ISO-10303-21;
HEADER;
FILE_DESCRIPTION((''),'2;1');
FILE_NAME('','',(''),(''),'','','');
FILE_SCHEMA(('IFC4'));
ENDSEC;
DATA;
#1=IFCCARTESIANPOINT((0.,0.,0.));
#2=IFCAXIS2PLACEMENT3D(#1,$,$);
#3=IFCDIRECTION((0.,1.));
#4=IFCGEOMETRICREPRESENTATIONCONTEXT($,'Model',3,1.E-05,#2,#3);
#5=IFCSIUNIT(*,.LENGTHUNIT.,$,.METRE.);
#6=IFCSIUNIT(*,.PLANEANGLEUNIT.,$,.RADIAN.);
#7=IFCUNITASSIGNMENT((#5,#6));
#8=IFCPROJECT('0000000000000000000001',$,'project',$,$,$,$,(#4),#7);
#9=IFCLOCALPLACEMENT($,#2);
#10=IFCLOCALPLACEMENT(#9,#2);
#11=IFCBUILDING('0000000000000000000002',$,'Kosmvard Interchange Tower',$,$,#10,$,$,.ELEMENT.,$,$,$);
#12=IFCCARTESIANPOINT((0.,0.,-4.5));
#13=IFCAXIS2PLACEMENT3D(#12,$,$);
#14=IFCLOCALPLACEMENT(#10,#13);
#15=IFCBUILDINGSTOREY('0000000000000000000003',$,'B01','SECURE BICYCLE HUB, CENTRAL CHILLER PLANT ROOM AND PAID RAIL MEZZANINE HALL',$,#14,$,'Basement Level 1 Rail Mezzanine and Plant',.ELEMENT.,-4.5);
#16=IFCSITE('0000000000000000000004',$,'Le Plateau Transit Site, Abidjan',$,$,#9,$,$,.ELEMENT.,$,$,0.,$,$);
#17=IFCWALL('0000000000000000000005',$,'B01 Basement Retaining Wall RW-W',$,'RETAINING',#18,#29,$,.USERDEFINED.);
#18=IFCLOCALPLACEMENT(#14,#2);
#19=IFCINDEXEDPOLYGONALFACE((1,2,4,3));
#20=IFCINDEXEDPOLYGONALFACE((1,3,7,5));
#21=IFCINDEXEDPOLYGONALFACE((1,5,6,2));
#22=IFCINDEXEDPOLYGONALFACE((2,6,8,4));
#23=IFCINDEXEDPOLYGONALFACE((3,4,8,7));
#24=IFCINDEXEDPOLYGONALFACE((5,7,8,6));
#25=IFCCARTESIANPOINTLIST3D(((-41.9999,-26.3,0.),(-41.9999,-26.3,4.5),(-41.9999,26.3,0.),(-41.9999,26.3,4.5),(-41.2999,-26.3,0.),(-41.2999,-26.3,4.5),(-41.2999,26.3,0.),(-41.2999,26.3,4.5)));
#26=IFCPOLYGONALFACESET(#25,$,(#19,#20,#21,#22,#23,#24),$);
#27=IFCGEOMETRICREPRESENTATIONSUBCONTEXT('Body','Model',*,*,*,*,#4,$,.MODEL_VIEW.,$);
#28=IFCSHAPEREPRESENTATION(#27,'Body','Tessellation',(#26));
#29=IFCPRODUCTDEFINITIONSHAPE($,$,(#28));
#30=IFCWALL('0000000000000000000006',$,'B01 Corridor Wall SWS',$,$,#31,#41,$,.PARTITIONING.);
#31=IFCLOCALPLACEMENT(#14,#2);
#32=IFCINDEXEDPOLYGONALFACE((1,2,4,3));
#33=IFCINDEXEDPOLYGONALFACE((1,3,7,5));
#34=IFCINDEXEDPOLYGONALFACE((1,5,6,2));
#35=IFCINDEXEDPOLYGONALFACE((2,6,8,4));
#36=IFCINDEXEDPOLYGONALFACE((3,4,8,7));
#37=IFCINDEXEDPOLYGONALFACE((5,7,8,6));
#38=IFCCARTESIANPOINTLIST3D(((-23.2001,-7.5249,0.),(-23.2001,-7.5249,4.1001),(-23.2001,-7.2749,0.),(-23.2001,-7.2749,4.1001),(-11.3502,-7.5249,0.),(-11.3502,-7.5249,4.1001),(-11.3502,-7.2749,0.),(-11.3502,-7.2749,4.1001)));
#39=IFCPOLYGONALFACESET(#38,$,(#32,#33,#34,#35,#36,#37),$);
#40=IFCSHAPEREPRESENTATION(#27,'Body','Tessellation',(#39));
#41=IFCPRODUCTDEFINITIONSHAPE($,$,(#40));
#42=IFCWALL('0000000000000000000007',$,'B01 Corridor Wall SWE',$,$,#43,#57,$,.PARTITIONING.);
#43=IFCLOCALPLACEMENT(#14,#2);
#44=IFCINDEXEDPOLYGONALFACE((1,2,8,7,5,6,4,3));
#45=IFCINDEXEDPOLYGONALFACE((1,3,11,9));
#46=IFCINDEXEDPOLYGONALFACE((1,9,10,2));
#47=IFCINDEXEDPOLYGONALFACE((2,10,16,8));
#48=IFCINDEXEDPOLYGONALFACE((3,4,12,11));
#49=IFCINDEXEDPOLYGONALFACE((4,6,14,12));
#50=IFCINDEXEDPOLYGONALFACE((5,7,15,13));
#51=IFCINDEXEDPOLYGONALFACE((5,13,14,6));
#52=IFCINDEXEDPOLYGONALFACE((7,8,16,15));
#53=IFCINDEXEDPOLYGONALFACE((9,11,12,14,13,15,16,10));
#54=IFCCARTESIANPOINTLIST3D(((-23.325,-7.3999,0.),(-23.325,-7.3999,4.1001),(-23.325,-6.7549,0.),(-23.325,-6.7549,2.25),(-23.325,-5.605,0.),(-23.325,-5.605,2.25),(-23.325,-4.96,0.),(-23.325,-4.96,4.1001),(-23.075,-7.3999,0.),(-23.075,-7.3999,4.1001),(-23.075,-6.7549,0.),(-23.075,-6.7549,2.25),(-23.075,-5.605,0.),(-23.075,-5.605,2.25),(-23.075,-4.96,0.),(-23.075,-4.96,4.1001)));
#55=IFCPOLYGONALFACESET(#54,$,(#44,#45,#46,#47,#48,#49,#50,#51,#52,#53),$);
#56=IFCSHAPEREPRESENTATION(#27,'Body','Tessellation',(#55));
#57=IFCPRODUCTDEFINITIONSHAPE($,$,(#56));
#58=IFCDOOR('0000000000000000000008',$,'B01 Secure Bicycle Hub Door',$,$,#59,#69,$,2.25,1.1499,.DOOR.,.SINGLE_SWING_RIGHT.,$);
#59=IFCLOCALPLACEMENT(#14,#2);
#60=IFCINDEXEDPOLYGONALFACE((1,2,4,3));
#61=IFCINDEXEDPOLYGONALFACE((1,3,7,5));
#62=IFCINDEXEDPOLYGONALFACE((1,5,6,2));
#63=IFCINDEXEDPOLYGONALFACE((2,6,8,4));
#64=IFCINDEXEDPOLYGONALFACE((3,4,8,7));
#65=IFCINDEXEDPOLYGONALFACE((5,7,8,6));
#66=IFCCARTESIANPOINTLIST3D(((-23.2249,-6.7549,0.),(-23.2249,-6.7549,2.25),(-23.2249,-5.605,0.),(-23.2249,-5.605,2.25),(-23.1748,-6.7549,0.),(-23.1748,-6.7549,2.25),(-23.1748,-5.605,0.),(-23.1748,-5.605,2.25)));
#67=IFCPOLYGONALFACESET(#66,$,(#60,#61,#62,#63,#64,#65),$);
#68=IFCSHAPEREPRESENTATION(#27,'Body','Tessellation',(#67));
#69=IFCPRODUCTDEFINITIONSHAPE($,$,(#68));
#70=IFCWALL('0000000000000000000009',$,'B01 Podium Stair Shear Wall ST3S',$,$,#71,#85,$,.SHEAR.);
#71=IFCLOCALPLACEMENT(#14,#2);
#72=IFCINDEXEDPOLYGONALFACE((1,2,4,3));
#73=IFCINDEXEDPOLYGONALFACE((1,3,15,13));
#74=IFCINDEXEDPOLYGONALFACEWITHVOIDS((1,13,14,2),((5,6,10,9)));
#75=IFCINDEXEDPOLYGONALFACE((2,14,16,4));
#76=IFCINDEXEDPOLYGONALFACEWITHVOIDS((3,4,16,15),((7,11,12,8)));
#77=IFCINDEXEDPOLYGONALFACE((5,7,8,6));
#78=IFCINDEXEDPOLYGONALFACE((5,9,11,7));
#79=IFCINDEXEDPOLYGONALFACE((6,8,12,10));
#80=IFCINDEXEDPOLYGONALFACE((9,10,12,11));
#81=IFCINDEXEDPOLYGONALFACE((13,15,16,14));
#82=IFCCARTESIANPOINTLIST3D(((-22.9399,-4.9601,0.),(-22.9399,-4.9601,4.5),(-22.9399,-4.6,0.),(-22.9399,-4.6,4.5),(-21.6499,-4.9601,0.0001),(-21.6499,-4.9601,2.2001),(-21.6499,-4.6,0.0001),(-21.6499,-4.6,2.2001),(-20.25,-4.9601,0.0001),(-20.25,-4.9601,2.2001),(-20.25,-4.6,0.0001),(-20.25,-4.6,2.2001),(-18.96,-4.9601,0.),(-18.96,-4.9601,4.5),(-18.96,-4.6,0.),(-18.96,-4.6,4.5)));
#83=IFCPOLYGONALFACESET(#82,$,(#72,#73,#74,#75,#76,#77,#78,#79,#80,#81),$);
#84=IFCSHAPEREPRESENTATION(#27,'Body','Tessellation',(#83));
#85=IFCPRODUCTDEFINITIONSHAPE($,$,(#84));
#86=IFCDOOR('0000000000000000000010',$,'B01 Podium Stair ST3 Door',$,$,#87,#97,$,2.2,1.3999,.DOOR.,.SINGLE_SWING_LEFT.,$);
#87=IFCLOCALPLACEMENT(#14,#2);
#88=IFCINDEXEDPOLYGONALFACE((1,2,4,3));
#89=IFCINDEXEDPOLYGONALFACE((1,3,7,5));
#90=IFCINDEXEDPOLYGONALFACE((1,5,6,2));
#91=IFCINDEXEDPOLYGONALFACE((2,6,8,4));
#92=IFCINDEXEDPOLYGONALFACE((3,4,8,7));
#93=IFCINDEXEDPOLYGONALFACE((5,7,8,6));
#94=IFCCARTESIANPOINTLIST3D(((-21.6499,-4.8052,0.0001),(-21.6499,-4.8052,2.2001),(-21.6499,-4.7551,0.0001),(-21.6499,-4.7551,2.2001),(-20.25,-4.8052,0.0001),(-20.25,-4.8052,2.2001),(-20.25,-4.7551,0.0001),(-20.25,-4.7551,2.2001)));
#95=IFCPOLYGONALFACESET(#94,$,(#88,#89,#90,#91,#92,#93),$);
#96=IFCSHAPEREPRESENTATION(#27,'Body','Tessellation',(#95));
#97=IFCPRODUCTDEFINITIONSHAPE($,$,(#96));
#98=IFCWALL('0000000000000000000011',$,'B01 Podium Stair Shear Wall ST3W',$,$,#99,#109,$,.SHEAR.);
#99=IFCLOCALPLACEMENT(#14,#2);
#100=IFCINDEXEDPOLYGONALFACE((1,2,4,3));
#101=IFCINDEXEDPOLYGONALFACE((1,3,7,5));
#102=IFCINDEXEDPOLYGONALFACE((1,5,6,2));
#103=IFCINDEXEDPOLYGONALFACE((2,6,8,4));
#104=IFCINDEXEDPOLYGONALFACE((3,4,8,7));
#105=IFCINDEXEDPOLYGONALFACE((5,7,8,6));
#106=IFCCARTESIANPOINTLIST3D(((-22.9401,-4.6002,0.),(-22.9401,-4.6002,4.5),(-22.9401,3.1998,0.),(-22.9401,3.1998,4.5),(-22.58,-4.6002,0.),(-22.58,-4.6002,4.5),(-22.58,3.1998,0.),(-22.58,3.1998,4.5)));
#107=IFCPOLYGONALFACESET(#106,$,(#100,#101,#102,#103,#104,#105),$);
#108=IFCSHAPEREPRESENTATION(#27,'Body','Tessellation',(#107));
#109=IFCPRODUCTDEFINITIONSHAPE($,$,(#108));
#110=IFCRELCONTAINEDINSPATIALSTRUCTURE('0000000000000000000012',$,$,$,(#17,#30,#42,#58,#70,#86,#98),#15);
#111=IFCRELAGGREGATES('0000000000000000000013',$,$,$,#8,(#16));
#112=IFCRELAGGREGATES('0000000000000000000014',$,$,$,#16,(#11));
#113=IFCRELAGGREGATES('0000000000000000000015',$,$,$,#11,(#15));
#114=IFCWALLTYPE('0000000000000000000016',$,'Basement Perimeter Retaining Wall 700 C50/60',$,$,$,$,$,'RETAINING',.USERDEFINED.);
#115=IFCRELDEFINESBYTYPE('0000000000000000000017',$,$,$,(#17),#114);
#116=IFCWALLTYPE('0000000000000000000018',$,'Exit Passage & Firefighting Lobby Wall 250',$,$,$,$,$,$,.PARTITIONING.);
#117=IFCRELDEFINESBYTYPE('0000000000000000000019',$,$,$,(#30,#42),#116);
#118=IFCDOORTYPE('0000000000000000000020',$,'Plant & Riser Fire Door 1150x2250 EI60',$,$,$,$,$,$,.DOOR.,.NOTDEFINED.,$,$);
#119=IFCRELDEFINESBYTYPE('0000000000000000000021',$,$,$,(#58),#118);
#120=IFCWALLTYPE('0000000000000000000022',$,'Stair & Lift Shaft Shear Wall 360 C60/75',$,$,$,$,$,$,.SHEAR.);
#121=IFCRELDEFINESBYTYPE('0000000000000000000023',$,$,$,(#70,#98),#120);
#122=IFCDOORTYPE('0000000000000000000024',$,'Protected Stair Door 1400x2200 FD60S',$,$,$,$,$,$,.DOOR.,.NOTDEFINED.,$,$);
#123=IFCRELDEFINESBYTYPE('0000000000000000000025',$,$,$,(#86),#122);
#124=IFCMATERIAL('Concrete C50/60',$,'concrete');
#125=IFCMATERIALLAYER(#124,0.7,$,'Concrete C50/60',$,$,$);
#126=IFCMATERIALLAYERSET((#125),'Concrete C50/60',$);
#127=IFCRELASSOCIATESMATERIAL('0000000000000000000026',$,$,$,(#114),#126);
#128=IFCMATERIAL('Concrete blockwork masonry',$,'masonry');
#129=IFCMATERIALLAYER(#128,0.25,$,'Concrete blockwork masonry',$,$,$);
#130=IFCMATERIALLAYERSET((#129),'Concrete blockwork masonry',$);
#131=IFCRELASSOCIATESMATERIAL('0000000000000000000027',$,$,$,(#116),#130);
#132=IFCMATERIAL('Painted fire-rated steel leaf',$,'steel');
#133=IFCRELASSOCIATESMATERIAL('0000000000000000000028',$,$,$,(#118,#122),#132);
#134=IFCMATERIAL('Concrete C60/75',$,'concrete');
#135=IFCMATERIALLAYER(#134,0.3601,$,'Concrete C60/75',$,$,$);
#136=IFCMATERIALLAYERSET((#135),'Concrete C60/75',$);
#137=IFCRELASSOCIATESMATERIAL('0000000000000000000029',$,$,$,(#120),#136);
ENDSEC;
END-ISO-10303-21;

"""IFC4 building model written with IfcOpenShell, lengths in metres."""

from ifc_helpers import new_model, si_unit, direction, frame, frame_2d, origin, place, context, subcontext, project, spatial, rectangle, extrude, source, transform, mapped, material, layer, layer_set, type_object, element, fill, save


model = new_model("IFC4")

# Units and contexts
model_context = context("Model", 3, precision=1e-05, world=origin(), true_north=direction((0.0, 1.0)))
body_context = subcontext(model_context, "Body", "Model", "MODEL_VIEW")
ifc_project = project(units=[si_unit("LENGTHUNIT", "METRE"), si_unit("PLANEANGLEUNIT", "RADIAN")], contexts=[model_context])

# Site, building, storey
site_placement = place(None, origin())
site = spatial("IfcSite", under=ifc_project, at=site_placement, Name="Le Plateau Transit Site, Abidjan", CompositionType="ELEMENT", RefElevation=0.0)
building_placement = place(site_placement, origin())
building = spatial("IfcBuilding", under=site, at=building_placement, Name="Kosmvard Interchange Tower", CompositionType="ELEMENT")
storey_placement = place(building_placement, frame((0.0, 0.0, -4.5)))
storey = spatial("IfcBuildingStorey", under=building, at=storey_placement, Name="B01", Description="SECURE BICYCLE HUB, CENTRAL CHILLER PLANT ROOM AND PAID RAIL MEZZANINE HALL", LongName="Basement Level 1 Rail Mezzanine and Plant", CompositionType="ELEMENT", Elevation=-4.5)

# Shared definitions
ifc_material_1 = material(Name="Concrete C60/75", Category="concrete")

# Shared definitions
ifc_material_2 = material(Name="Concrete C50/60", Category="concrete")

# Walls
ifc_layer_1 = layer(ifc_material_2, 0.7, Name="Concrete C50/60")
ifc_layer_set_1 = layer_set([ifc_layer_1], Name="Concrete C50/60")
wall_type_1 = type_object("IfcWallType", Name="Basement Perimeter Retaining Wall 700 C50/60", ElementType="RETAINING", PredefinedType="USERDEFINED", material=ifc_layer_set_1)
wall_1_placement = place(storey_placement, frame((-41.6499, -26.3, 0.0), z_axis=(0.0, 0.0, 1.0), x_axis=(0.0, 1.0, 0.0)))
element("IfcWall", 1, at=wall_1_placement, inside=storey, type_object=wall_type_1, Name="B01 Basement Retaining Wall RW-W", ObjectType="RETAINING", PredefinedType="USERDEFINED", context=body_context, shape_type="SweptSolid", body=[
    extrude(rectangle(XDim=52.6001, YDim=0.7, at=frame_2d((26.3, 0.0))), origin(), (0.0, 0.0, 1.0), 4.5),
])
ifc_material_3 = material(Name="Concrete blockwork masonry", Category="masonry")
ifc_layer_2 = layer(ifc_material_3, 0.25, Name="Concrete blockwork masonry")
ifc_layer_set_2 = layer_set([ifc_layer_2], Name="Concrete blockwork masonry")
wall_type_2 = type_object("IfcWallType", Name="Exit Passage & Firefighting Lobby Wall 250", PredefinedType="PARTITIONING", material=ifc_layer_set_2)
wall_2_placement = place(storey_placement, frame((-23.2, -7.3999, 0.0), z_axis=(0.0, 0.0, 1.0), x_axis=(1.0, 0.0, 0.0)))
element("IfcWall", 2, at=wall_2_placement, inside=storey, type_object=wall_type_2, Name="B01 Corridor Wall SWS", PredefinedType="PARTITIONING", context=body_context, shape_type="SweptSolid", body=[
    extrude(rectangle(XDim=11.8499, YDim=0.25, at=frame_2d((5.9248, 0.0))), origin(), (0.0, 0.0, 1.0), 4.1001),
])

# Walls, openings, doors
wall_3_placement = place(storey_placement, frame((-23.2, -7.3999, 0.0), z_axis=(0.0, 0.0, 1.0), x_axis=(0.0, 1.0, 0.0)))
wall_3 = element("IfcWall", 3, at=wall_3_placement, inside=storey, type_object=wall_type_2, Name="B01 Corridor Wall SWE", PredefinedType="PARTITIONING", context=body_context, shape_type="SweptSolid", body=[
    extrude(rectangle(XDim=2.4399, YDim=0.25, at=frame_2d((1.22, 0.0))), origin(), (0.0, 0.0, 1.0), 4.1001),
])
opening_1_placement = place(wall_3_placement, frame((0.645, 0.0, 0.0)))
opening_1 = element("IfcOpeningElement", 4, at=opening_1_placement, cuts=wall_3, PredefinedType="OPENING", context=body_context, shape_type="SweptSolid", body=[
    extrude(rectangle(XDim=1.1499, YDim=2.25, at=frame_2d((0.575, 1.125))), frame((0.0, 0.135, 0.0), z_axis=(0.0, -1.0, 0.0), x_axis=(1.0, 0.0, 0.0)), (0.0, 0.0, 1.0), 0.27),
])
ifc_material_4 = material(Name="Painted fire-rated steel leaf", Category="steel")
door_type_1 = type_object("IfcDoorType", Name="Plant & Riser Fire Door 1150x2250 EI60", OperationType="NOTDEFINED", PredefinedType="DOOR", material=ifc_material_4)
shared_shape_1 = source(origin(), body_context, "Body", "SweptSolid", [
    extrude(rectangle(XDim=1.1499, YDim=2.25, at=frame_2d((0.575, 1.125))), frame((0.0, 0.0249, 0.0), z_axis=(0.0, -1.0, 0.0), x_axis=(1.0, 0.0, 0.0)), (0.0, 0.0, 1.0), 0.05),
])
door_1_placement = place(opening_1_placement, origin())
door_1 = element("IfcDoor", 5, at=door_1_placement, inside=storey, type_object=door_type_1, Name="B01 Secure Bicycle Hub Door", OperationType="SINGLE_SWING_RIGHT", OverallHeight=2.25, OverallWidth=1.1499, PredefinedType="DOOR", context=body_context, shape_type="MappedRepresentation", body=[
    mapped(shared_shape_1, transform((0.0, 0.0, 0.0), scale=1.0)),
])
fill(opening_1, door_1)
ifc_layer_3 = layer(ifc_material_1, 0.3601, Name="Concrete C60/75")
ifc_layer_set_3 = layer_set([ifc_layer_3], Name="Concrete C60/75")
wall_type_3 = type_object("IfcWallType", Name="Stair & Lift Shaft Shear Wall 360 C60/75", PredefinedType="SHEAR", material=ifc_layer_set_3)
wall_4_placement = place(storey_placement, frame((-22.9399, -4.78, 0.0), z_axis=(0.0, 0.0, 1.0), x_axis=(1.0, 0.0, 0.0)))
wall_4 = element("IfcWall", 6, at=wall_4_placement, inside=storey, type_object=wall_type_3, Name="B01 Podium Stair Shear Wall ST3S", PredefinedType="SHEAR", context=body_context, shape_type="SweptSolid", body=[
    extrude(rectangle(XDim=3.98, YDim=0.3601, at=frame_2d((1.99, 0.0))), origin(), (0.0, 0.0, 1.0), 4.5),
])
opening_2_placement = place(wall_4_placement, frame((1.29, 0.0, 0.0)))
opening_2 = element("IfcOpeningElement", 7, at=opening_2_placement, cuts=wall_4, PredefinedType="OPENING", context=body_context, shape_type="SweptSolid", body=[
    extrude(rectangle(XDim=1.3999, YDim=2.2, at=frame_2d((0.7, 1.1001))), frame((0.0, 0.1899, 0.0), z_axis=(0.0, -1.0, 0.0), x_axis=(1.0, 0.0, 0.0)), (0.0, 0.0, 1.0), 0.3801),
])
door_type_2 = type_object("IfcDoorType", Name="Protected Stair Door 1400x2200 FD60S", OperationType="NOTDEFINED", PredefinedType="DOOR", material=ifc_material_4)
shared_shape_2 = source(origin(), body_context, "Body", "SweptSolid", [
    extrude(rectangle(XDim=1.3999, YDim=2.2, at=frame_2d((0.7, 1.1001))), frame((0.0, 0.0249, 0.0), z_axis=(0.0, -1.0, 0.0), x_axis=(1.0, 0.0, 0.0)), (0.0, 0.0, 1.0), 0.05),
])
door_2_placement = place(opening_2_placement, origin())
door_2 = element("IfcDoor", 8, at=door_2_placement, inside=storey, type_object=door_type_2, Name="B01 Podium Stair ST3 Door", OperationType="SINGLE_SWING_LEFT", OverallHeight=2.2, OverallWidth=1.3999, PredefinedType="DOOR", context=body_context, shape_type="MappedRepresentation", body=[
    mapped(shared_shape_2, transform((0.0, 0.0, 0.0), scale=1.0)),
])
fill(opening_2, door_2)

# Wall
wall_5_placement = place(storey_placement, frame((-22.76, -4.6001, 0.0), z_axis=(0.0, 0.0, 1.0), x_axis=(0.0, 1.0, 0.0)))
element("IfcWall", 9, at=wall_5_placement, inside=storey, type_object=wall_type_3, Name="B01 Podium Stair Shear Wall ST3W", PredefinedType="SHEAR", context=body_context, shape_type="SweptSolid", body=[
    extrude(rectangle(XDim=7.8, YDim=0.3601, at=frame_2d((3.8999, 0.0))), origin(), (0.0, 0.0, 1.0), 4.5),
])

save(model, "model.ifc")
